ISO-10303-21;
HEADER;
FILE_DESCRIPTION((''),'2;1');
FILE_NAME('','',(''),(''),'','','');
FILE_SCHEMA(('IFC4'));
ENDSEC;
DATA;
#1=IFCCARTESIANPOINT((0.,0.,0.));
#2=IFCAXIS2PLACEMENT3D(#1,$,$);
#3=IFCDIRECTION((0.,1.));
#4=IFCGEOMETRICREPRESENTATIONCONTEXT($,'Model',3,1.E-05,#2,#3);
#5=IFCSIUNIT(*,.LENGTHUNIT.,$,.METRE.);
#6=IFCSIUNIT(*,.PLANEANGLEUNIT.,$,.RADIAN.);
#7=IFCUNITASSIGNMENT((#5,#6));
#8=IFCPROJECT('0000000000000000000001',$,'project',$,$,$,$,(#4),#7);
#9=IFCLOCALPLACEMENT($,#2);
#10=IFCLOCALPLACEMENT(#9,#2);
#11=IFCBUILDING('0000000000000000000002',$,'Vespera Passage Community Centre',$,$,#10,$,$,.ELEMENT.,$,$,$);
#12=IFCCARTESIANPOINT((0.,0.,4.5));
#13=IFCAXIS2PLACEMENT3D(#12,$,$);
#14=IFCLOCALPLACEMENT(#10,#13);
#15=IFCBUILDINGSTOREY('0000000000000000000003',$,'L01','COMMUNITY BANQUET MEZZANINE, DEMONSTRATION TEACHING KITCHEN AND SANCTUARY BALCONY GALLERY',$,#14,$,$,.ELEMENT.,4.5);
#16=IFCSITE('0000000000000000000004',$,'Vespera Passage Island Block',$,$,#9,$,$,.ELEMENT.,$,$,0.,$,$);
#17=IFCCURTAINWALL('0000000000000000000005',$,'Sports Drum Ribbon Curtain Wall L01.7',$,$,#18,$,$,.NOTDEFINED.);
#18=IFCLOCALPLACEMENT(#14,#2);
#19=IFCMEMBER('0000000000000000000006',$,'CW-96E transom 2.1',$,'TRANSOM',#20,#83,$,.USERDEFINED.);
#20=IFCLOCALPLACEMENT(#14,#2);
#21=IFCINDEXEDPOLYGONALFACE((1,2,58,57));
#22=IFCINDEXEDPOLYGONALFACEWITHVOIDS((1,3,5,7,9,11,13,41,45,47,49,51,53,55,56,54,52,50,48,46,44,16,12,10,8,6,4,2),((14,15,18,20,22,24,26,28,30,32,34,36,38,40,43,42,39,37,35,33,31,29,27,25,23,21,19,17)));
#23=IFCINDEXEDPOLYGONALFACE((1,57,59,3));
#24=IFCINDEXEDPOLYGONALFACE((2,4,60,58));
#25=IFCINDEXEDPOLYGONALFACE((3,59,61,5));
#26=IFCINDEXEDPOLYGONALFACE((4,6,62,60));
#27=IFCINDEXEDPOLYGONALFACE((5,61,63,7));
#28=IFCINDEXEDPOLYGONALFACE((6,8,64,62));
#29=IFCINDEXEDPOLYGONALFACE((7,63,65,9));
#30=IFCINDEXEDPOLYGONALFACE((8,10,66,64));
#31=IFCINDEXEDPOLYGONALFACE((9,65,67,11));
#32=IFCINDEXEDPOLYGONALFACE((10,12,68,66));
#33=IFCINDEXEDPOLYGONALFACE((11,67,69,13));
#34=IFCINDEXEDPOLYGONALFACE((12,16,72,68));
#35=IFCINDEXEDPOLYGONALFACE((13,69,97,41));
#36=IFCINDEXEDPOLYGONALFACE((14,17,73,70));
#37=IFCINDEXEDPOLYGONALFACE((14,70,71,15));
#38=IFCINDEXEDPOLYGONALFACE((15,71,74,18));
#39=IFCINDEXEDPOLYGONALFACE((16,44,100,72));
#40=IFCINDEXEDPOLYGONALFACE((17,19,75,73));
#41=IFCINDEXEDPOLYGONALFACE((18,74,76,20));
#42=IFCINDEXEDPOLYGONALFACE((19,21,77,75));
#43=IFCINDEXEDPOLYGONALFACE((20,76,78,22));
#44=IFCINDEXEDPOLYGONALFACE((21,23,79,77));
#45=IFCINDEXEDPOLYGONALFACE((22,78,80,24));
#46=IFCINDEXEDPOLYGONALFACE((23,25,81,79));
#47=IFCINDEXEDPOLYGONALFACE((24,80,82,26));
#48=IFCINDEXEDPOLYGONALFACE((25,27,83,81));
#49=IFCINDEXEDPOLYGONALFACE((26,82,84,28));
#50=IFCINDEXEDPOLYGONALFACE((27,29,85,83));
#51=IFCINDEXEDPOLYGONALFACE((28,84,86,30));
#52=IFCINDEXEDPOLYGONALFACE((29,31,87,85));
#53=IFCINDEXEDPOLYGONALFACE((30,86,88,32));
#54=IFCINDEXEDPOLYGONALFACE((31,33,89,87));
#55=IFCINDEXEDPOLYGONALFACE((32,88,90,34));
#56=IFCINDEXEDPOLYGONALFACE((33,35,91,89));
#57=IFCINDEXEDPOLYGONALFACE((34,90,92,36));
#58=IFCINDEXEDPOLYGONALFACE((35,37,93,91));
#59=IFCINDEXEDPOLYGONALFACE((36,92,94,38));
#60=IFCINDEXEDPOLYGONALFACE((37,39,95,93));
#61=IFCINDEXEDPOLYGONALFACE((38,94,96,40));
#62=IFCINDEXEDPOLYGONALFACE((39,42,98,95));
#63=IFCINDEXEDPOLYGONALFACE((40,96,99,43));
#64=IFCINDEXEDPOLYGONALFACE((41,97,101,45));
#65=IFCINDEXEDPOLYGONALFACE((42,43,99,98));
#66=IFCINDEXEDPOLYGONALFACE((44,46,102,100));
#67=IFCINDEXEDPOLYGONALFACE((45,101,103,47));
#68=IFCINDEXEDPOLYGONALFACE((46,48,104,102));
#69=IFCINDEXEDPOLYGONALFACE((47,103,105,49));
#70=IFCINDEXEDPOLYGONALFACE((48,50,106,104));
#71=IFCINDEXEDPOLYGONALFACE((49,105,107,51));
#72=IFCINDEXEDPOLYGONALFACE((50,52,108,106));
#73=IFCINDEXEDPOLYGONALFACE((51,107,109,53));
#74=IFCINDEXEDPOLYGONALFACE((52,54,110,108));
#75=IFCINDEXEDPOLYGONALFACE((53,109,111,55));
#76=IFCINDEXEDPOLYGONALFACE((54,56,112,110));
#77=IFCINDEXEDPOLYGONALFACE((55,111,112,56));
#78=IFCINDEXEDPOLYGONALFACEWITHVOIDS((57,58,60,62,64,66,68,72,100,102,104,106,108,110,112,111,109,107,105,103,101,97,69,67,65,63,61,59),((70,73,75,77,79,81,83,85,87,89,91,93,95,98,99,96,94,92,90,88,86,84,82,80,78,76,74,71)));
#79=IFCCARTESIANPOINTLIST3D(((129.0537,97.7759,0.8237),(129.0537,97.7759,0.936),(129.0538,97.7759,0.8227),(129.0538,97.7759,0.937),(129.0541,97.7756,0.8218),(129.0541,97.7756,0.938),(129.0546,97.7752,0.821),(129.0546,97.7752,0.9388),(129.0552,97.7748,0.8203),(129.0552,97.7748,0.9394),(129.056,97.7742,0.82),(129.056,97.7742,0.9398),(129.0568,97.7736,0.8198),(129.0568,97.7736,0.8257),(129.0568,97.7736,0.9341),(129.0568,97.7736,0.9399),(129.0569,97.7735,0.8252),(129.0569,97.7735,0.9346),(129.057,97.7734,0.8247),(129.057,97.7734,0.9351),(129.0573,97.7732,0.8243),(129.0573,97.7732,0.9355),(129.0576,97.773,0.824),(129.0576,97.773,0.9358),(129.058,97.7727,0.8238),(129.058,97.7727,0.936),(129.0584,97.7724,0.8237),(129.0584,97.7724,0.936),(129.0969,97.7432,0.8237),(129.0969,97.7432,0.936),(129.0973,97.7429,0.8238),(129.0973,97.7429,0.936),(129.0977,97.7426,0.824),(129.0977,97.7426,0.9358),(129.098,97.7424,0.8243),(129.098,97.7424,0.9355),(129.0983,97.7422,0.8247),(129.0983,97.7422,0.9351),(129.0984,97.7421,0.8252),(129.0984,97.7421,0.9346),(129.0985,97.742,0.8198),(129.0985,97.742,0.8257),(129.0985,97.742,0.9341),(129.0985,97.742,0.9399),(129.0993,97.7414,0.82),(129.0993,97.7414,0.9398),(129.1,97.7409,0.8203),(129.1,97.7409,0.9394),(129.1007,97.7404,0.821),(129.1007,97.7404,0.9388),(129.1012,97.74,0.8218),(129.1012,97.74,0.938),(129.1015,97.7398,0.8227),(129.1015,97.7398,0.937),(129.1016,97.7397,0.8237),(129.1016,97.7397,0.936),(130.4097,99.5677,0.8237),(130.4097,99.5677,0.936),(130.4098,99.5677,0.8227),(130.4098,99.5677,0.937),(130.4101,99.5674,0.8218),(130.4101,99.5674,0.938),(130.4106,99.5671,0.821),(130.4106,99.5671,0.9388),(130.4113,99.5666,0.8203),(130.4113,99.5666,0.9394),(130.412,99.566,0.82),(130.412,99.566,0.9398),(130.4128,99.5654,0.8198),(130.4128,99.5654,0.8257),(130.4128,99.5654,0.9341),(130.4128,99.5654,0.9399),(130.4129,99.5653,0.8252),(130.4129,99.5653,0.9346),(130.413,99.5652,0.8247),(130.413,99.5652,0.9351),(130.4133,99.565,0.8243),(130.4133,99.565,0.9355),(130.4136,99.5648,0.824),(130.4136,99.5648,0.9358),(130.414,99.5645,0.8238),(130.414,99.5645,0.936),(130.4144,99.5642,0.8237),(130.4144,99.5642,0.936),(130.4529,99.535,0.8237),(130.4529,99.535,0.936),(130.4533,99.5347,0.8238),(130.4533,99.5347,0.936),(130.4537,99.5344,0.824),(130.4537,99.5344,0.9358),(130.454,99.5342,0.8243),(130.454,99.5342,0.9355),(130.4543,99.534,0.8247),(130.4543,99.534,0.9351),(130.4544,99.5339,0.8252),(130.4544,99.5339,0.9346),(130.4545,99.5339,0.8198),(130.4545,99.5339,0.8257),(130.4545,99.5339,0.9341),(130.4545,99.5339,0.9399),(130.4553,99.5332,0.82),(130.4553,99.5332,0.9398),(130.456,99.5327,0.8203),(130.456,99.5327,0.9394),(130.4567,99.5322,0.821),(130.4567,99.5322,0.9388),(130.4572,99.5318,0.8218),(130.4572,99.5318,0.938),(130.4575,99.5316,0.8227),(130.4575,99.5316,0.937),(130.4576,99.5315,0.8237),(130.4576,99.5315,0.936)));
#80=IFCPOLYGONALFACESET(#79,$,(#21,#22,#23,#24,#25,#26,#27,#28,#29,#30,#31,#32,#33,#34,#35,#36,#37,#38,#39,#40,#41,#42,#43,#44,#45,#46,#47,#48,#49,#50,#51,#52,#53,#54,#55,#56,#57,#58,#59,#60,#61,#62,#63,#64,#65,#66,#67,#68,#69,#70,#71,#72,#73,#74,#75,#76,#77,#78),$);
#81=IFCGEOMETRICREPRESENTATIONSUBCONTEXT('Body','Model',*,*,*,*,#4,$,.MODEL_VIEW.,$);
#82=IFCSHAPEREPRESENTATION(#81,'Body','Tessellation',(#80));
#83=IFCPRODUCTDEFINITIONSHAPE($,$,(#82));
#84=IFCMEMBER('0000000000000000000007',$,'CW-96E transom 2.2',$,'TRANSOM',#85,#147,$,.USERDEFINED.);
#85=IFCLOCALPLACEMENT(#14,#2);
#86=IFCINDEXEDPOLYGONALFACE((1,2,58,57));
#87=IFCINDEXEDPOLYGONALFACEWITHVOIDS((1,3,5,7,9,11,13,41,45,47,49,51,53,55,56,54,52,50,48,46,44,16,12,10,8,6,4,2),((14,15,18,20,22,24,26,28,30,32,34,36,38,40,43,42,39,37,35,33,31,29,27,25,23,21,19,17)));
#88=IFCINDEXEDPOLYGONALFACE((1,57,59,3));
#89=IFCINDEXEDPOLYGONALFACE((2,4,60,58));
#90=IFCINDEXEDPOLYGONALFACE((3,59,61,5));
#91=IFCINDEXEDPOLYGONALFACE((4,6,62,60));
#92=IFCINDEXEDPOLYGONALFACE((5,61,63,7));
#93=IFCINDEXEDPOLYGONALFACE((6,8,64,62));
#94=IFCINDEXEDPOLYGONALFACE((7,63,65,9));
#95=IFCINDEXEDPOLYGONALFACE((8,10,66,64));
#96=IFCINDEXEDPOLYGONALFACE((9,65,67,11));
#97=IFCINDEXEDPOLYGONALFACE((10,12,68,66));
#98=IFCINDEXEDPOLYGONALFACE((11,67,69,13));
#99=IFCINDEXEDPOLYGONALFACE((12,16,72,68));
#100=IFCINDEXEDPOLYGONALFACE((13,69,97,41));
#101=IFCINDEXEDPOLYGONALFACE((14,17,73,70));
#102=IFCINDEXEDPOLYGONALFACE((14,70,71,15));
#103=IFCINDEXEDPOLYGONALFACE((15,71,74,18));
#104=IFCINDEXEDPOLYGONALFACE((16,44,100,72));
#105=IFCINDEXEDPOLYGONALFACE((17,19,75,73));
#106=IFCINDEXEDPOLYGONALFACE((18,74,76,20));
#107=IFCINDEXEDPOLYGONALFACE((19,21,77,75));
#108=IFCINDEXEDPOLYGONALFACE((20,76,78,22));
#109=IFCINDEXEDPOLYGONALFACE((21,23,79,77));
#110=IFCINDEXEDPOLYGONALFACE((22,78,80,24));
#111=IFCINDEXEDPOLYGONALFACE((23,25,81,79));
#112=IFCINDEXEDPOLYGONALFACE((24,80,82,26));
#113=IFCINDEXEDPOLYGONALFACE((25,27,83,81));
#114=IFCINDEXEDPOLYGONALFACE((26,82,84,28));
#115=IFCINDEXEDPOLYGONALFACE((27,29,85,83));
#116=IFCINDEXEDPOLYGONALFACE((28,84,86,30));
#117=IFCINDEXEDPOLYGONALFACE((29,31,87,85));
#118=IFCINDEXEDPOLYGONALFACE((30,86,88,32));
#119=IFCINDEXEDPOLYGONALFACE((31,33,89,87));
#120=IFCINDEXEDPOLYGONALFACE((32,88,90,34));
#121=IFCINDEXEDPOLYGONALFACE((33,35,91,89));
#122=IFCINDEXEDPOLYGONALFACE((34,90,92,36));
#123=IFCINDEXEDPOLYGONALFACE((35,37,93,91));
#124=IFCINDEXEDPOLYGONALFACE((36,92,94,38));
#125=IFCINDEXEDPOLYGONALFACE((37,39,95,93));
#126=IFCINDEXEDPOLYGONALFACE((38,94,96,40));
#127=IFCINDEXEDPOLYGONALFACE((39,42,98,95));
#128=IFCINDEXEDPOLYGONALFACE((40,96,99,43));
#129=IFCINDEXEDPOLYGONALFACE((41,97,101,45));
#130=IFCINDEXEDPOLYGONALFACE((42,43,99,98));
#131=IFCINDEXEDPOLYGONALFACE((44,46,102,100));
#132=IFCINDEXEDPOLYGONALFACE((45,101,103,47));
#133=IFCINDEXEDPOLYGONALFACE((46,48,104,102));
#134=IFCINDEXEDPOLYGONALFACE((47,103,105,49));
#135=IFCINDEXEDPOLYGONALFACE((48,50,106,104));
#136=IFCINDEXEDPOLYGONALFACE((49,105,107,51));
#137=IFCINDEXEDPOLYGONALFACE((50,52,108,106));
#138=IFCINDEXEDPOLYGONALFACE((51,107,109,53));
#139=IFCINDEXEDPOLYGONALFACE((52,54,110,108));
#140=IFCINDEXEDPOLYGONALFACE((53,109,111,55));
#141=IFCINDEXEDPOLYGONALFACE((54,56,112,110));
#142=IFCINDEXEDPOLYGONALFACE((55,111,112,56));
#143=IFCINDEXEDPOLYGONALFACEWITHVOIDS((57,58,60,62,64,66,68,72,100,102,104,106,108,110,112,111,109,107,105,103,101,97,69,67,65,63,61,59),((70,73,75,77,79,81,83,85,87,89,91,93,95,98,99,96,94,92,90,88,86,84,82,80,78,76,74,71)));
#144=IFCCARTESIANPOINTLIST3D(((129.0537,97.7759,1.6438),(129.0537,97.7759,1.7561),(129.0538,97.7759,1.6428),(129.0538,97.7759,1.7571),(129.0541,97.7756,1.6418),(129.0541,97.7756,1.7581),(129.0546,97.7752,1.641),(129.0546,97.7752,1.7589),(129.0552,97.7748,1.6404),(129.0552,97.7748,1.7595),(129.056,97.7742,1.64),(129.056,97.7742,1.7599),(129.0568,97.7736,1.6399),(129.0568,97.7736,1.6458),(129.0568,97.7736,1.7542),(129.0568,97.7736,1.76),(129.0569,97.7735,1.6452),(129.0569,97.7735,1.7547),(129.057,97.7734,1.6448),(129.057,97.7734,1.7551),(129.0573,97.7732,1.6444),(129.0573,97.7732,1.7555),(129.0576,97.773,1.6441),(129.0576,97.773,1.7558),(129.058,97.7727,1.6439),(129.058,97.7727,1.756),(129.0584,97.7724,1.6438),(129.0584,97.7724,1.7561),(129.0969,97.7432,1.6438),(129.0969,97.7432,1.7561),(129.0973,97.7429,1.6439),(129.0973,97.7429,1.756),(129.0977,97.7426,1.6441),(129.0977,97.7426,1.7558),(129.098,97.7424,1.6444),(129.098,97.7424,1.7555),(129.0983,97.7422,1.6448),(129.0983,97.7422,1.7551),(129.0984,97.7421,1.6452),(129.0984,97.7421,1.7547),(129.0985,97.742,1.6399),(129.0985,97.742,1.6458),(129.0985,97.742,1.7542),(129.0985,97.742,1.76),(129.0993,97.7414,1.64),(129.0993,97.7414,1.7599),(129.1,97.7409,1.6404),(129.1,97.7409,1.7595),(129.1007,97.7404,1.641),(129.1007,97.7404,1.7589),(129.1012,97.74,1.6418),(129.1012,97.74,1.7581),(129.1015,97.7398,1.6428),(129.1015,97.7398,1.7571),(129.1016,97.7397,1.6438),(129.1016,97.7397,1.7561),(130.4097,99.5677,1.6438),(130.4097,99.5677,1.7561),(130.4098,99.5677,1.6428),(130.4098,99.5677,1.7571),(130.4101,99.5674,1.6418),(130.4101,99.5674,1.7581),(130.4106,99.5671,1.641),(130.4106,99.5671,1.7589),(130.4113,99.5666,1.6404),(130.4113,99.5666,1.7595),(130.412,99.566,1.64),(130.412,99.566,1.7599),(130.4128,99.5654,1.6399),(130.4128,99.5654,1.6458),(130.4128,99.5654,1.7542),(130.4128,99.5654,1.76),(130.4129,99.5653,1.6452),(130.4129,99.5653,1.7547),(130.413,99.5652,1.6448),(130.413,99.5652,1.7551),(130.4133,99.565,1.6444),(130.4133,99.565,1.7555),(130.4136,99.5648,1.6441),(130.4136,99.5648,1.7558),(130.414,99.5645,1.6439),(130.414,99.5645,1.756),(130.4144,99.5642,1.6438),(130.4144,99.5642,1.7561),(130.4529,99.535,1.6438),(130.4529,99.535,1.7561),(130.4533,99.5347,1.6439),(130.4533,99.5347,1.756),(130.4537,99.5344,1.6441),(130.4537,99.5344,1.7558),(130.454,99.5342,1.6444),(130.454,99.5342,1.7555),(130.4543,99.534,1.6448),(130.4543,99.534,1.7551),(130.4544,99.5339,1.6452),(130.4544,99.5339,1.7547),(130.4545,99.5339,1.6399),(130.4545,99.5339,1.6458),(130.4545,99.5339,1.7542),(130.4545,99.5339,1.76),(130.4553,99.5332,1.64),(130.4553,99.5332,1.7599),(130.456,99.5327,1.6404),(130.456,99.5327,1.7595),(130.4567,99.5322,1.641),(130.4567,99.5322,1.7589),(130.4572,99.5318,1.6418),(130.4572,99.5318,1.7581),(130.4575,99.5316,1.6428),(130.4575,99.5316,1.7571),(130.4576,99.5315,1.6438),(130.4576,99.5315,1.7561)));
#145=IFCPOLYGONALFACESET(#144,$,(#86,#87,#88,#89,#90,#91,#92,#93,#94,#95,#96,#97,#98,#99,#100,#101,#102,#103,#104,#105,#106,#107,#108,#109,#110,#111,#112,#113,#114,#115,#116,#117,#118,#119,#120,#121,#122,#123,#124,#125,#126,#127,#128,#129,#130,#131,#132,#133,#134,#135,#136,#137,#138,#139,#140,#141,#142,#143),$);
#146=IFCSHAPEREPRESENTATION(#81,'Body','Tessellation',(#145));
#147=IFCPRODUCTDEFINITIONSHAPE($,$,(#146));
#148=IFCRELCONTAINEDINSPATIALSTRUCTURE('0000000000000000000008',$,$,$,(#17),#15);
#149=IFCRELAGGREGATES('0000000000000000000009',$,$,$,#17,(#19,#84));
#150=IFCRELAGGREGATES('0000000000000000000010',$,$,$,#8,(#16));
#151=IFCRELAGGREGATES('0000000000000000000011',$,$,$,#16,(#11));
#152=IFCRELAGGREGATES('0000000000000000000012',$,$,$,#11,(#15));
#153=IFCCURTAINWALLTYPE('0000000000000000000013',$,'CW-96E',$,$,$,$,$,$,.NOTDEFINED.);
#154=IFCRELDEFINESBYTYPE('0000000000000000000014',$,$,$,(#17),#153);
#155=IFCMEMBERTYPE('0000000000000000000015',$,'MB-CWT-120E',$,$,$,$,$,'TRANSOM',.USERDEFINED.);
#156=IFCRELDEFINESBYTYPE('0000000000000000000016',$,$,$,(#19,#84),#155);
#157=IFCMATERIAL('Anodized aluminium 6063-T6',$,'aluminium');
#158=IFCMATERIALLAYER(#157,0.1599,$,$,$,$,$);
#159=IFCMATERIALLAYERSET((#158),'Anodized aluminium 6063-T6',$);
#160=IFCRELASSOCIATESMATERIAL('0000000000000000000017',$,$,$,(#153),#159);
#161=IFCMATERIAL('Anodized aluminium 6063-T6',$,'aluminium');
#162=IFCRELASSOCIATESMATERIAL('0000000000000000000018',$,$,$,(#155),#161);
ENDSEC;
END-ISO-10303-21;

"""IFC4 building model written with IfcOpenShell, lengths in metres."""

from ifc_helpers import new_model, si_unit, direction, frame, origin, origin_2d, place, context, subcontext, project, spatial, hollow_rectangle, extrude, material, layer, layer_set, material_profile, profile_set, type_object, element, aggregate, save


model = new_model("IFC4")

# Units and contexts
model_context = context("Model", 3, precision=1e-05, world=origin(), true_north=direction((0.0, 1.0)))
body_context = subcontext(model_context, "Body", "Model", "MODEL_VIEW")
ifc_project = project(units=[si_unit("LENGTHUNIT", "METRE"), si_unit("PLANEANGLEUNIT", "RADIAN")], contexts=[model_context])

# Site, building, storey
site_placement = place(None, origin())
site = spatial("IfcSite", under=ifc_project, at=site_placement, Name="Vespera Passage Island Block", CompositionType="ELEMENT", RefElevation=0.0)
building_placement = place(site_placement, origin())
building = spatial("IfcBuilding", under=site, at=building_placement, Name="Vespera Passage Community Centre", CompositionType="ELEMENT")
storey_placement = place(building_placement, frame((0.0, 0.0, 4.5)))
storey = spatial("IfcBuildingStorey", under=building, at=storey_placement, Name="L01", Description="COMMUNITY BANQUET MEZZANINE, DEMONSTRATION TEACHING KITCHEN AND SANCTUARY BALCONY GALLERY", CompositionType="ELEMENT", Elevation=4.5)

# Curtain wall
ifc_material_1 = material(Name="Anodized aluminium 6063-T6", Category="aluminium")
ifc_layer_1 = layer(ifc_material_1, 0.1599)
ifc_layer_set_1 = layer_set([ifc_layer_1], Name="Anodized aluminium 6063-T6")
curtain_wall_type_1 = type_object("IfcCurtainWallType", Name="CW-96E", PredefinedType="NOTDEFINED", material=ifc_layer_set_1)
curtain_wall_1_placement = place(storey_placement, origin())
curtain_wall_1 = element("IfcCurtainWall", 1, at=curtain_wall_1_placement, inside=storey, type_object=curtain_wall_type_1, Name="Sports Drum Ribbon Curtain Wall L01.7", PredefinedType="NOTDEFINED")

# Members
ifc_material_2 = material(Name="Anodized aluminium 6063-T6", Category="aluminium")
ifc_material_profile_1 = material_profile(ifc_material_2, hollow_rectangle(XDim=0.0601, YDim=0.1201, WallThickness=0.0039, InnerFilletRadius=0.002, OuterFilletRadius=0.0039, at=origin_2d()), Name="ALU120X60X4")
ifc_profile_set_1 = profile_set([ifc_material_profile_1], Name="Anodized aluminium 6063-T6")
member_type_1 = type_object("IfcMemberType", Name="MB-CWT-120E", ElementType="TRANSOM", PredefinedType="USERDEFINED", material=ifc_profile_set_1)
member_1_placement = place(storey_placement, frame((129.0776, 97.7578, 0.8799), z_axis=(0.603454, 0.797398, 0.0), x_axis=(-0.797398, 0.603454, 0.0)))
member_1 = element("IfcMember", 2, at=member_1_placement, type_object=member_type_1, Name="CW-96E transom 2.1", ObjectType="TRANSOM", PredefinedType="USERDEFINED", context=body_context, shape_type="SweptSolid", body=[
    extrude(hollow_rectangle(XDim=0.0601, YDim=0.1201, WallThickness=0.0039, InnerFilletRadius=0.002, OuterFilletRadius=0.0039, at=origin_2d()), origin(), (0.0, 0.0, 1.0), 2.2471),
])
member_2_placement = place(storey_placement, frame((129.0776, 97.7578, 1.7), z_axis=(0.603454, 0.797398, 0.0), x_axis=(-0.797398, 0.603454, 0.0)))
member_2 = element("IfcMember", 3, at=member_2_placement, type_object=member_type_1, Name="CW-96E transom 2.2", ObjectType="TRANSOM", PredefinedType="USERDEFINED", context=body_context, shape_type="SweptSolid", body=[
    extrude(hollow_rectangle(XDim=0.0601, YDim=0.1201, WallThickness=0.0039, InnerFilletRadius=0.002, OuterFilletRadius=0.0039, at=origin_2d()), origin(), (0.0, 0.0, 1.0), 2.2471),
])

aggregate(curtain_wall_1, [member_1, member_2])

save(model, "model.ifc")
